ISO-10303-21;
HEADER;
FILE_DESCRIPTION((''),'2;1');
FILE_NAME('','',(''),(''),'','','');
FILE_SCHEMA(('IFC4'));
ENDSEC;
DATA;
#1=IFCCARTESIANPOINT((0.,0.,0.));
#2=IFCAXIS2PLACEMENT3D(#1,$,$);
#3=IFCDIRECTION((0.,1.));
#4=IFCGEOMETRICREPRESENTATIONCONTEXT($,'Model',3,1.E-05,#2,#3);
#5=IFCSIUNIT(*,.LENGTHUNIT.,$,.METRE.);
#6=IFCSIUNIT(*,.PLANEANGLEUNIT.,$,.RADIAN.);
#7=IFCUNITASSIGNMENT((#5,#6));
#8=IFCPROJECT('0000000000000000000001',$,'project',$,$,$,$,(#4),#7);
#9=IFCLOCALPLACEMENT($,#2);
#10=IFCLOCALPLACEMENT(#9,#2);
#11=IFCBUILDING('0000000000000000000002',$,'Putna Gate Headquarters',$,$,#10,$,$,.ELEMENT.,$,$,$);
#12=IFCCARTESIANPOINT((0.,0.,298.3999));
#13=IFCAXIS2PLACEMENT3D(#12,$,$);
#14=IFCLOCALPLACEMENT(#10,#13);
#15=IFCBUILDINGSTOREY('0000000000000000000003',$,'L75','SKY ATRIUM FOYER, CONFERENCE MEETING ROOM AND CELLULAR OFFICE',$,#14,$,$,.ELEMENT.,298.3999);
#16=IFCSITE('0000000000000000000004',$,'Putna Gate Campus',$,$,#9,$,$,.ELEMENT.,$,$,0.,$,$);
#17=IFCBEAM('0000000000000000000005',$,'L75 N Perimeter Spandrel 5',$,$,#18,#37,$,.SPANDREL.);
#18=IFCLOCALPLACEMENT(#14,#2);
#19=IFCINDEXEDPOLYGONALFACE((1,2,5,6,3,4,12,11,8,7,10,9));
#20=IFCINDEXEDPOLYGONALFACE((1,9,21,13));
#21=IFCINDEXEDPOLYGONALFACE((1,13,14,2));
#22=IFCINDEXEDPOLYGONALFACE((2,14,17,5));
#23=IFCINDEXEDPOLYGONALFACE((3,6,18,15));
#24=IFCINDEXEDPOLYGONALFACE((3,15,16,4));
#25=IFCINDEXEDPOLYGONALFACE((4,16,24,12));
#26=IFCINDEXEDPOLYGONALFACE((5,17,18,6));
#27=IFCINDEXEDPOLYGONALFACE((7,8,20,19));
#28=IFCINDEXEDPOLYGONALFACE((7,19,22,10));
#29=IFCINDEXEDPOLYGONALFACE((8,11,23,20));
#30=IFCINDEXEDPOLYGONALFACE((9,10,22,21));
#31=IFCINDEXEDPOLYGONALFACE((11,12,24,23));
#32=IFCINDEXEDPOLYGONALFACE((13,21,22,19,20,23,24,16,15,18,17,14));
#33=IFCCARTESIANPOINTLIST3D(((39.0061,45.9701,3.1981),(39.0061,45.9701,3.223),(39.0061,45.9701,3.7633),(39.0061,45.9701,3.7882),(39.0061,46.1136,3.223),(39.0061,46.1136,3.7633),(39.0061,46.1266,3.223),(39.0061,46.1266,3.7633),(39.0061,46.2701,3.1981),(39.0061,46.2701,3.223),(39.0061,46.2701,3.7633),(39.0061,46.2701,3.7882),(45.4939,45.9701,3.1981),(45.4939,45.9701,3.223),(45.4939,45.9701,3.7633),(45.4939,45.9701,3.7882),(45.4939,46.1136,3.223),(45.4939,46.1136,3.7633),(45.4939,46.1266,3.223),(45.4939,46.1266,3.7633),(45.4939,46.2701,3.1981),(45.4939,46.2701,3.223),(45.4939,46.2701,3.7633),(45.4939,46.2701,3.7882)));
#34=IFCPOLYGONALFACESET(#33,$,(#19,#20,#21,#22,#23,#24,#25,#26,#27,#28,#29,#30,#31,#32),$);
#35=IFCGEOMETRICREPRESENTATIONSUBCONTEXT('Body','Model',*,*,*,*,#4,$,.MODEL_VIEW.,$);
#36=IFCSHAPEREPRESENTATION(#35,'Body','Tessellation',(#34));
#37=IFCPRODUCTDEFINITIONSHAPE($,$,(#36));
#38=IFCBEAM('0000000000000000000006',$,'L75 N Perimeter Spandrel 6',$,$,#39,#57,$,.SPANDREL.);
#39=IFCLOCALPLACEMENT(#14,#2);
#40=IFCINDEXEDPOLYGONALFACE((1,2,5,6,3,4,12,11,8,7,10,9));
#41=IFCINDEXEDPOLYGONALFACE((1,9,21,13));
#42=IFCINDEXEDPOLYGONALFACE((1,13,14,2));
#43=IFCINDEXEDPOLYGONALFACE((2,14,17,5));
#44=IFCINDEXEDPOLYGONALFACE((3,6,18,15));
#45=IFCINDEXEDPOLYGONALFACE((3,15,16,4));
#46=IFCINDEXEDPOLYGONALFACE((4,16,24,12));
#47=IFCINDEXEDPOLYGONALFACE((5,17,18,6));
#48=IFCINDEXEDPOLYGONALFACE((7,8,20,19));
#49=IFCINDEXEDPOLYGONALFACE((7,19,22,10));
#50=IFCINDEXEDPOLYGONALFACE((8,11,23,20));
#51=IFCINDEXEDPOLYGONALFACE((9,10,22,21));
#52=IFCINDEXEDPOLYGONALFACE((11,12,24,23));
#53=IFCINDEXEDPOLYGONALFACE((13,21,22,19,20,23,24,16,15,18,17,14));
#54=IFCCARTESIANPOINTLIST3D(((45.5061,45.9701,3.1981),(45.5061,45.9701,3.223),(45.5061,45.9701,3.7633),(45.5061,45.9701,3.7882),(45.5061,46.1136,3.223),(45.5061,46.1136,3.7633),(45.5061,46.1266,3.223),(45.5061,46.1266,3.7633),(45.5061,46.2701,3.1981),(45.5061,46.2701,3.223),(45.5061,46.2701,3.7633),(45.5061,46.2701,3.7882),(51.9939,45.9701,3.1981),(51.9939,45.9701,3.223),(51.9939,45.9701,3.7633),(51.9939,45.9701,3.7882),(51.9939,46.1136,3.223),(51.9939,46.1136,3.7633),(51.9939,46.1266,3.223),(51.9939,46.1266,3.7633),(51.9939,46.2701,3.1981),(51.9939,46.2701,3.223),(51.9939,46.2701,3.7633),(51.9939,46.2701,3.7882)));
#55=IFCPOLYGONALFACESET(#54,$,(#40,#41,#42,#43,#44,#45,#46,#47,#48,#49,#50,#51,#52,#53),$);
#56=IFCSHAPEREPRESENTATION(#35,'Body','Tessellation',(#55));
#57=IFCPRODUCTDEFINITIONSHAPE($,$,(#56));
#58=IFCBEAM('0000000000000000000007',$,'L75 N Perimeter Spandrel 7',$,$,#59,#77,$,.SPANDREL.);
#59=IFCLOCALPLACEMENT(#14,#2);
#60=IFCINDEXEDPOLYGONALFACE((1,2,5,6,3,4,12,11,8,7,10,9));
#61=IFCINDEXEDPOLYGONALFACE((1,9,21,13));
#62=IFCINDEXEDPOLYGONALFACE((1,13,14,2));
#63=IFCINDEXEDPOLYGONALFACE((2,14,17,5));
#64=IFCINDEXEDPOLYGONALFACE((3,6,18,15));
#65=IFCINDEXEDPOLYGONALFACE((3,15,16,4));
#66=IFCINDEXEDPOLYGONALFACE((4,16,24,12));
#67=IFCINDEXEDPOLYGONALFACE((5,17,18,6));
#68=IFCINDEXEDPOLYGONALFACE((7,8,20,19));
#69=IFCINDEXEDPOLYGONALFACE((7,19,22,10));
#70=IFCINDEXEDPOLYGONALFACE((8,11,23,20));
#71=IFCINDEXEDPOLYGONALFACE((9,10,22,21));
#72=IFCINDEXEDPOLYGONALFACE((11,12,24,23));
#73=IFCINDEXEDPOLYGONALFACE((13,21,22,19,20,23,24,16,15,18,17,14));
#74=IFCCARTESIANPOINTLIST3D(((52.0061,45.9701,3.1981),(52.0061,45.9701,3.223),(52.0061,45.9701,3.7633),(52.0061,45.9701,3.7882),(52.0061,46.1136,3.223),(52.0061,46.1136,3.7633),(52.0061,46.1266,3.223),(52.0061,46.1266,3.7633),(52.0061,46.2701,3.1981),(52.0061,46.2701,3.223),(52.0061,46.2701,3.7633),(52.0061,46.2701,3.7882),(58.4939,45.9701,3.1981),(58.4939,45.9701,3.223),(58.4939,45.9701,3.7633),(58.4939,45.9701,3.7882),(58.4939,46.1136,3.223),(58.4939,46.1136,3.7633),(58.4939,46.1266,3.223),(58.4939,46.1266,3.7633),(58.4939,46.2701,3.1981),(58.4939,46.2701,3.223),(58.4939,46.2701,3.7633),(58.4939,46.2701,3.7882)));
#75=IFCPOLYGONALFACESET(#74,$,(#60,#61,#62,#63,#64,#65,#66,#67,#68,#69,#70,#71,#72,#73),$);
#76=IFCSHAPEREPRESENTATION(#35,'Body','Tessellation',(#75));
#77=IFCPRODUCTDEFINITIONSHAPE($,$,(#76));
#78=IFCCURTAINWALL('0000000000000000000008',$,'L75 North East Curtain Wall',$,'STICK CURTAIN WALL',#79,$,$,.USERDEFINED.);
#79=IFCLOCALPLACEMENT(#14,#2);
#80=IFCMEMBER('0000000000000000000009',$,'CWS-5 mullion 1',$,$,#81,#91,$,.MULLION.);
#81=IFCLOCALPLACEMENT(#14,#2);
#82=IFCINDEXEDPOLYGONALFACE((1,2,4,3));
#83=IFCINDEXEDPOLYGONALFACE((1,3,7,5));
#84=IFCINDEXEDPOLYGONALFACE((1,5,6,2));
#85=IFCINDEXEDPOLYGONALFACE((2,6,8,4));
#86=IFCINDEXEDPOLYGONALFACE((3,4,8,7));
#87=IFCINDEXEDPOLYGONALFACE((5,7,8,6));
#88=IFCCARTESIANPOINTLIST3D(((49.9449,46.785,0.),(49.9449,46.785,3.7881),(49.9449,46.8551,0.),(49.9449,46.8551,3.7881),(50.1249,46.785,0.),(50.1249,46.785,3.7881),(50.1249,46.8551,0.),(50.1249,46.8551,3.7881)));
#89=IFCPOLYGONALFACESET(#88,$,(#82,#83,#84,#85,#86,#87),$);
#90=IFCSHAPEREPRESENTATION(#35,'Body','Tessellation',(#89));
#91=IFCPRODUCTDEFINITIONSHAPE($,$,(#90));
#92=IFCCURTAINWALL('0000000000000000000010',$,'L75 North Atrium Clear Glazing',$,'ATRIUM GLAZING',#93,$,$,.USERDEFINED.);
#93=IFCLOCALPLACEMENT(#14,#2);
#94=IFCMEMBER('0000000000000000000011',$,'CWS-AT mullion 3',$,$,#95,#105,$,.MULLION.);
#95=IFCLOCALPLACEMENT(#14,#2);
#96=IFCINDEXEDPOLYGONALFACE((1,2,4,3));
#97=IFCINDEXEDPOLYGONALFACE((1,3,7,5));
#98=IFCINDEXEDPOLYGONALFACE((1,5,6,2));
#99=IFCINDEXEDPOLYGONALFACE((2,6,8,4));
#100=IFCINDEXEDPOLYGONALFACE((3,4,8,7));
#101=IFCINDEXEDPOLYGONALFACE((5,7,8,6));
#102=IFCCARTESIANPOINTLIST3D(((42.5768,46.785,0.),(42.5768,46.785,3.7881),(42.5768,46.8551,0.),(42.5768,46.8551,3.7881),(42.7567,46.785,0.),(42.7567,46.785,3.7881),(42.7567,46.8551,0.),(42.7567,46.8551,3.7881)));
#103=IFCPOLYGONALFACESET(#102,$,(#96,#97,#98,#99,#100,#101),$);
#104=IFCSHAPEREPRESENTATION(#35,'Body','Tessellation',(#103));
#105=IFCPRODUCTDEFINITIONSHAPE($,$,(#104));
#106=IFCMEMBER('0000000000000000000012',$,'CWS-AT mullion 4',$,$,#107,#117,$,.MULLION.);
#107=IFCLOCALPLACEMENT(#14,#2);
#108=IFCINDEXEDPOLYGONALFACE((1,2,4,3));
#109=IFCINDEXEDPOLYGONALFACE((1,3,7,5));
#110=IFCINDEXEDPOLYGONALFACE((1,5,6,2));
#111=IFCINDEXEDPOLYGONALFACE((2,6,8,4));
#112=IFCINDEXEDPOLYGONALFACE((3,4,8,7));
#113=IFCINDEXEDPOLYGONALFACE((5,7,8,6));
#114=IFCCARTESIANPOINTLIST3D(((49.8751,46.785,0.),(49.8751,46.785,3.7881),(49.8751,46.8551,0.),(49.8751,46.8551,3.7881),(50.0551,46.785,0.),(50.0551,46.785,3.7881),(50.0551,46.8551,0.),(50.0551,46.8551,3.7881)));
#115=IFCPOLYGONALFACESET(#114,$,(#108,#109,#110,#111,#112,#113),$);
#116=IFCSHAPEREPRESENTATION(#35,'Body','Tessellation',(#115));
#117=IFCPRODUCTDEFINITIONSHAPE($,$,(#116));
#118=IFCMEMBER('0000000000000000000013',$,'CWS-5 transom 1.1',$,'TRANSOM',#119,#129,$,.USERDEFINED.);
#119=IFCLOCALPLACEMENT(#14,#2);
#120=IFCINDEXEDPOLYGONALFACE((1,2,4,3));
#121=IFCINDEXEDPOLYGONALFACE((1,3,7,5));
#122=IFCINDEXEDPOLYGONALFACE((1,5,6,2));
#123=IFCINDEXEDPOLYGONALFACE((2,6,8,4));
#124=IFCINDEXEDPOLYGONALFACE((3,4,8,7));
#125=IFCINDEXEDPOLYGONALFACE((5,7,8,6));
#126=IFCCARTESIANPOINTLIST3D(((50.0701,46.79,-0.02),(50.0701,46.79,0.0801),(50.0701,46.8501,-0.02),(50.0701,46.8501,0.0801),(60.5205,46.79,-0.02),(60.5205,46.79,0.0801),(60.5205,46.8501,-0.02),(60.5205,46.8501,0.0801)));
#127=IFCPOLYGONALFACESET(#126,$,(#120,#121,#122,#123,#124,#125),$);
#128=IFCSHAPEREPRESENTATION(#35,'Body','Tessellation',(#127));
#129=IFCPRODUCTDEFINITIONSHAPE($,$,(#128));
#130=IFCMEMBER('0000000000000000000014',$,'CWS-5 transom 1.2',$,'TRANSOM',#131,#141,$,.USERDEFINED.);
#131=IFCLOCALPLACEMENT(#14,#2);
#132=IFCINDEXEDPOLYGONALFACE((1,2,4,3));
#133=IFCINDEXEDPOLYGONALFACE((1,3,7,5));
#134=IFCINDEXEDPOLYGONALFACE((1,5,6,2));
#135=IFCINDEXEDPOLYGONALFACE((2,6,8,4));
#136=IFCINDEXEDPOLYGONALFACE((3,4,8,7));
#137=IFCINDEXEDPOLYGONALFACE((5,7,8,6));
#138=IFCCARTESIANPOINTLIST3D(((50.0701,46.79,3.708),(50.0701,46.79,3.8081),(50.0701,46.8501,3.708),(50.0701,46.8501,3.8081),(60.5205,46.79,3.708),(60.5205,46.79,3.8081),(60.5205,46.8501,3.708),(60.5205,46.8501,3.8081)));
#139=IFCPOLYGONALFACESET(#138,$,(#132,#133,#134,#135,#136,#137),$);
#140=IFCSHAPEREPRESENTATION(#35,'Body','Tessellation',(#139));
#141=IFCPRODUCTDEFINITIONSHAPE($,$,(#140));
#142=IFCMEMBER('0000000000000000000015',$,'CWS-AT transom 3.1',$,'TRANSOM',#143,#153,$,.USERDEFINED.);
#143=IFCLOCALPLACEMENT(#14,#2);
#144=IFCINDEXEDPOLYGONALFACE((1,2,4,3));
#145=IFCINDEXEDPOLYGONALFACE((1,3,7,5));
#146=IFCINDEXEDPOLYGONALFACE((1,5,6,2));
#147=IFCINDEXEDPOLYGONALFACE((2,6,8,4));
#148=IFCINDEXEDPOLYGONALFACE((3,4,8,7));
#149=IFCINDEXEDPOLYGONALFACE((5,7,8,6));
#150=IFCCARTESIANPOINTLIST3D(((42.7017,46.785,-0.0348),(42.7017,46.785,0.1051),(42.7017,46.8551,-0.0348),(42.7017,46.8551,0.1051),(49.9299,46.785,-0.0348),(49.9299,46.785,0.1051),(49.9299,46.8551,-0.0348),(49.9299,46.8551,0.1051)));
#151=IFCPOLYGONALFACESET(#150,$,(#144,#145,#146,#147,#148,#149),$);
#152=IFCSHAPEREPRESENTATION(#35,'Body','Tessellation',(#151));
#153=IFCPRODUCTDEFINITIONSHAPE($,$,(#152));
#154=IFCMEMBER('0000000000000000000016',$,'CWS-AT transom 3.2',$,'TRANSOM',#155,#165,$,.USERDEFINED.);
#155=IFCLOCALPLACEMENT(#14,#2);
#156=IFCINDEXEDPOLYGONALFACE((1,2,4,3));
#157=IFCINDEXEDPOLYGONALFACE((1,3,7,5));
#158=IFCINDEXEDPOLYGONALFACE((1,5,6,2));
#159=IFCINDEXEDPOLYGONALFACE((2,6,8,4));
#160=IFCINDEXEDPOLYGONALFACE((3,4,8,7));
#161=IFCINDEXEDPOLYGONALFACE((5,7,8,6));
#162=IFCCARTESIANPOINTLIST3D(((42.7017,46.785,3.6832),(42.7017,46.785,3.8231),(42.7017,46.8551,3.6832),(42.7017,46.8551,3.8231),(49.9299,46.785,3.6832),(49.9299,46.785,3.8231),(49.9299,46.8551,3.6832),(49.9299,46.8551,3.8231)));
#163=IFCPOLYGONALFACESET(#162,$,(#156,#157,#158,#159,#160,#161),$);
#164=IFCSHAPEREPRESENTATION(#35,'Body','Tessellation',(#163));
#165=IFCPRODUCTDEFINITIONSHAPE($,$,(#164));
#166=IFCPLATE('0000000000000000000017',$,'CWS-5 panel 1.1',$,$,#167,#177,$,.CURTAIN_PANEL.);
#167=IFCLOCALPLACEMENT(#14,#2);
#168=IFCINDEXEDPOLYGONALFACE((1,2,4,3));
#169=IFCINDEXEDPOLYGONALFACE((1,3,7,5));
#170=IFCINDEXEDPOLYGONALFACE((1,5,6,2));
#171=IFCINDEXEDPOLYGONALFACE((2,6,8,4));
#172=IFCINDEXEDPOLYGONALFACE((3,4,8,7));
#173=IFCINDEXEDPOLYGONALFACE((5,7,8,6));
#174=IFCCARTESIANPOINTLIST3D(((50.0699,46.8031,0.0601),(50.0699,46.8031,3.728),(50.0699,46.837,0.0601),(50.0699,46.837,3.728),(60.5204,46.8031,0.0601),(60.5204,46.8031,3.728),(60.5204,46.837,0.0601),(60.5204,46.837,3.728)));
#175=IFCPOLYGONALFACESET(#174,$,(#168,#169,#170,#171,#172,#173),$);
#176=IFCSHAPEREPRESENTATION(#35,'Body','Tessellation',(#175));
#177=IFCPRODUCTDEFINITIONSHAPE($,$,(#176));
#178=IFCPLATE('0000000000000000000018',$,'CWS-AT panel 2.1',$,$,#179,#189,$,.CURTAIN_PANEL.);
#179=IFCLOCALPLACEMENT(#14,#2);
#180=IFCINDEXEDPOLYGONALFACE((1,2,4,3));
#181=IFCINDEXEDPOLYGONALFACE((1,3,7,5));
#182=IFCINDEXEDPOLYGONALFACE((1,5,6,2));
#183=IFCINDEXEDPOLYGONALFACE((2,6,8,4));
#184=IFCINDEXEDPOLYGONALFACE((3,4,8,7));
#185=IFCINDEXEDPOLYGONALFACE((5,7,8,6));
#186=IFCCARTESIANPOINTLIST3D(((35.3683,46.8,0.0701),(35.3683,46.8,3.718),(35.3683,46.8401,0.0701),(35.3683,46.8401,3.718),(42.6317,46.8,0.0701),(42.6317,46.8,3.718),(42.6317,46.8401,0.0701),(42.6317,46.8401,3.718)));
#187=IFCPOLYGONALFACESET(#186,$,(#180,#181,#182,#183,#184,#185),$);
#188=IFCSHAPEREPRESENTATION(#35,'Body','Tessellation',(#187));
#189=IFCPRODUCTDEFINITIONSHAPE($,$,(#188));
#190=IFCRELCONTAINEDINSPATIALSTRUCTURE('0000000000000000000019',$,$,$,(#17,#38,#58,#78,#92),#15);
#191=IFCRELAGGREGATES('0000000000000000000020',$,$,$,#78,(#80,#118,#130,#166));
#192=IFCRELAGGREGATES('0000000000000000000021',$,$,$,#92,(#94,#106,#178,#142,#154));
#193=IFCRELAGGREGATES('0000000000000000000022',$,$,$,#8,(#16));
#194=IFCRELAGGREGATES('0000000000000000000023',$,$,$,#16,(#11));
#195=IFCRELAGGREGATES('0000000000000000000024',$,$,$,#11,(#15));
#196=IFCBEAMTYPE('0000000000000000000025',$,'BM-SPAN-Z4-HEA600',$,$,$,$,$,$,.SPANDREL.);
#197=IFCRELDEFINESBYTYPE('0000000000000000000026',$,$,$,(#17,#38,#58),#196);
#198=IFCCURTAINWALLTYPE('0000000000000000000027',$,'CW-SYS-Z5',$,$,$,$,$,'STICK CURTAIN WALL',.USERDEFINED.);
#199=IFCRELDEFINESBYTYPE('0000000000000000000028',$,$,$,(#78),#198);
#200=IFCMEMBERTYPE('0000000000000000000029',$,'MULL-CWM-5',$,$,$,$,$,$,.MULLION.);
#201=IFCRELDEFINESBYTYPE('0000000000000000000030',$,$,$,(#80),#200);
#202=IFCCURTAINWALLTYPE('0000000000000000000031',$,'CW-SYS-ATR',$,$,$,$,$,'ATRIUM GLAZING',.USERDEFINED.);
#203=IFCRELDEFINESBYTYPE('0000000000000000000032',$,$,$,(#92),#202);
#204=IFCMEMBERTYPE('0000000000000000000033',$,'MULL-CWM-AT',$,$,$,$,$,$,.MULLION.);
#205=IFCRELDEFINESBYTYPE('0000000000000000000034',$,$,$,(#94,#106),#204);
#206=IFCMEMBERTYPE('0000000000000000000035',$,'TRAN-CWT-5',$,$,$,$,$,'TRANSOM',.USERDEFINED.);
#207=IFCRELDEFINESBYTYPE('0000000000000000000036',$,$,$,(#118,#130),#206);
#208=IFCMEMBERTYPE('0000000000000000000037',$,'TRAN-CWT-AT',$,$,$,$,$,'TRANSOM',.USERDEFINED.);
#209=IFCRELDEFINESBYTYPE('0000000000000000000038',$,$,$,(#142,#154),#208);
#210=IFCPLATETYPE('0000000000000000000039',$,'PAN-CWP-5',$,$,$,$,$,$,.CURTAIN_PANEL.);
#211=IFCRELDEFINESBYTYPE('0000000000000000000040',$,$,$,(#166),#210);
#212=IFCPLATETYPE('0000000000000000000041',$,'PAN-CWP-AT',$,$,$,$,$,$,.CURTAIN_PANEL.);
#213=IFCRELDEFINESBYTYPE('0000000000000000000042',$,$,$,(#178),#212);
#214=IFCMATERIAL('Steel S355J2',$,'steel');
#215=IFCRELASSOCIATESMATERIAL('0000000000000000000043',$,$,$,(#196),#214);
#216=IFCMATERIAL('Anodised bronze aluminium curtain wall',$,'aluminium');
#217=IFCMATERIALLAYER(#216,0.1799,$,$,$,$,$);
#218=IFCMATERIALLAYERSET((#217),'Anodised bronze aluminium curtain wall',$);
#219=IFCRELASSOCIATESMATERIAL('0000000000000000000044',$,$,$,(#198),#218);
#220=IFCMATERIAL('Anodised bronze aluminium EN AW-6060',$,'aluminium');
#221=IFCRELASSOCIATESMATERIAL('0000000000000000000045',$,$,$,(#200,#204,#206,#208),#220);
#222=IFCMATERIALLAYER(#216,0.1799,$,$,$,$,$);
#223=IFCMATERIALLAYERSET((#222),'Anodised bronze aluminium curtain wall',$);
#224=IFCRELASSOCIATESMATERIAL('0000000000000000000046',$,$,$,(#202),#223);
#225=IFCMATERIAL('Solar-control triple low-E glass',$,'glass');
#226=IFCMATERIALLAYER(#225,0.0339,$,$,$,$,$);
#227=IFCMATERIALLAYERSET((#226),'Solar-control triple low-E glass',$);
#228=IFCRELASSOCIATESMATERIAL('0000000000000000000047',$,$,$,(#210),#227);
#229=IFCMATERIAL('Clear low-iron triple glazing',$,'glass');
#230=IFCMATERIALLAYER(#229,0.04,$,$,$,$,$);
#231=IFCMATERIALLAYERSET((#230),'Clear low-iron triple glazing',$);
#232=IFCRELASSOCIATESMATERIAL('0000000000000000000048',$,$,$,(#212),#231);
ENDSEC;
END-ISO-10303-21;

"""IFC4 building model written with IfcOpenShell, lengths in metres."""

from ifc_helpers import new_model, si_unit, direction, frame, origin, origin_2d, place, context, subcontext, project, spatial, rectangle, i_section, extrude, material, layer, layer_set, material_profile, profile_set, type_object, element, aggregate, save


model = new_model("IFC4")

# Units and contexts
model_context = context("Model", 3, precision=1e-05, world=origin(), true_north=direction((0.0, 1.0)))
body_context = subcontext(model_context, "Body", "Model", "MODEL_VIEW")
ifc_project = project(units=[si_unit("LENGTHUNIT", "METRE"), si_unit("PLANEANGLEUNIT", "RADIAN")], contexts=[model_context])

# Site, building, storey
site_placement = place(None, origin())
site = spatial("IfcSite", under=ifc_project, at=site_placement, Name="Putna Gate Campus", CompositionType="ELEMENT", RefElevation=0.0)
building_placement = place(site_placement, origin())
building = spatial("IfcBuilding", under=site, at=building_placement, Name="Putna Gate Headquarters", CompositionType="ELEMENT")
storey_placement = place(building_placement, frame((0.0, 0.0, 298.3999)))
storey = spatial("IfcBuildingStorey", under=building, at=storey_placement, Name="L75", Description="SKY ATRIUM FOYER, CONFERENCE MEETING ROOM AND CELLULAR OFFICE", CompositionType="ELEMENT", Elevation=298.3999)

# Beams
ifc_material_1 = material(Name="Steel S355J2", Category="steel")
ifc_material_profile_1 = material_profile(ifc_material_1, i_section(OverallWidth=0.3, OverallDepth=0.5901, WebThickness=0.0129, FlangeThickness=0.0249, at=origin_2d()), Name="Steel S355J2")
ifc_profile_set_1 = profile_set([ifc_material_profile_1], Name="Steel S355J2")
beam_type_1 = type_object("IfcBeamType", Name="BM-SPAN-Z4-HEA600", PredefinedType="SPANDREL", material=ifc_profile_set_1)
for number, where, z_axis, x_axis, name in (
    (1, (39.0061, 46.1201, 3.4932), (1.0, 0.0, 0.0), (0.0, 1.0, 0.0), "L75 N Perimeter Spandrel 5"),
    (2, (45.5061, 46.1201, 3.4932), (1.0, 0.0, 0.0), (0.0, 1.0, 0.0), "L75 N Perimeter Spandrel 6"),
    (3, (52.0061, 46.1201, 3.4932), (1.0, 0.0, 0.0), (0.0, 1.0, 0.0), "L75 N Perimeter Spandrel 7"),
):
    element("IfcBeam", number, at=place(storey_placement, frame(where, z_axis=z_axis, x_axis=x_axis)), inside=storey, type_object=beam_type_1, Name=name, PredefinedType="SPANDREL", context=body_context, shape_type="SweptSolid", body=[
        extrude(i_section(OverallWidth=0.3, OverallDepth=0.5901, WebThickness=0.0129, FlangeThickness=0.0249, at=origin_2d()), origin(), (0.0, 0.0, 1.0), 6.4878),
    ])

# Curtain wall, member
ifc_material_2 = material(Name="Anodised bronze aluminium curtain wall", Category="aluminium")
ifc_layer_1 = layer(ifc_material_2, 0.1799)
ifc_layer_set_1 = layer_set([ifc_layer_1], Name="Anodised bronze aluminium curtain wall")
curtain_wall_type_1 = type_object("IfcCurtainWallType", Name="CW-SYS-Z5", ElementType="STICK CURTAIN WALL", PredefinedType="USERDEFINED", material=ifc_layer_set_1)
curtain_wall_1_placement = place(storey_placement, origin())
curtain_wall_1 = element("IfcCurtainWall", 4, at=curtain_wall_1_placement, inside=storey, type_object=curtain_wall_type_1, Name="L75 North East Curtain Wall", ObjectType="STICK CURTAIN WALL", PredefinedType="USERDEFINED")
ifc_material_3 = material(Name="Anodised bronze aluminium EN AW-6060", Category="aluminium")
ifc_material_profile_2 = material_profile(ifc_material_3, rectangle(XDim=0.0701, YDim=0.1799, at=origin_2d()), Name="Anodised bronze aluminium EN AW-6060")
ifc_profile_set_2 = profile_set([ifc_material_profile_2], Name="Anodised bronze aluminium EN AW-6060")
member_type_1 = type_object("IfcMemberType", Name="MULL-CWM-5", PredefinedType="MULLION", material=ifc_profile_set_2)
member_1_placement = place(storey_placement, frame((50.0349, 46.8201, 0.0), z_axis=(0.0, 0.0, 1.0), x_axis=(0.0, 1.0, 0.0)))
member_1 = element("IfcMember", 5, at=member_1_placement, type_object=member_type_1, Name="CWS-5 mullion 1", PredefinedType="MULLION", context=body_context, shape_type="SweptSolid", body=[
    extrude(rectangle(XDim=0.0701, YDim=0.1799, at=origin_2d()), origin(), (0.0, 0.0, 1.0), 3.7881),
])

# Curtain wall, members
ifc_layer_2 = layer(ifc_material_2, 0.1799)
ifc_layer_set_2 = layer_set([ifc_layer_2], Name="Anodised bronze aluminium curtain wall")
curtain_wall_type_2 = type_object("IfcCurtainWallType", Name="CW-SYS-ATR", ElementType="ATRIUM GLAZING", PredefinedType="USERDEFINED", material=ifc_layer_set_2)
curtain_wall_2_placement = place(storey_placement, origin())
curtain_wall_2 = element("IfcCurtainWall", 6, at=curtain_wall_2_placement, inside=storey, type_object=curtain_wall_type_2, Name="L75 North Atrium Clear Glazing", ObjectType="ATRIUM GLAZING", PredefinedType="USERDEFINED")
ifc_material_profile_3 = material_profile(ifc_material_3, rectangle(XDim=0.0701, YDim=0.1799, at=origin_2d()), Name="Anodised bronze aluminium EN AW-6060")
ifc_profile_set_3 = profile_set([ifc_material_profile_3], Name="Anodised bronze aluminium EN AW-6060")
member_type_2 = type_object("IfcMemberType", Name="MULL-CWM-AT", PredefinedType="MULLION", material=ifc_profile_set_3)
member_2_placement = place(storey_placement, frame((42.6667, 46.8201, 0.0), z_axis=(0.0, 0.0, 1.0), x_axis=(0.0, 1.0, 0.0)))
member_2 = element("IfcMember", 7, at=member_2_placement, type_object=member_type_2, Name="CWS-AT mullion 3", PredefinedType="MULLION", context=body_context, shape_type="SweptSolid", body=[
    extrude(rectangle(XDim=0.0701, YDim=0.1799, at=origin_2d()), origin(), (0.0, 0.0, 1.0), 3.7881),
])
member_3_placement = place(storey_placement, frame((49.9651, 46.8201, 0.0), z_axis=(0.0, 0.0, 1.0), x_axis=(0.0, 1.0, 0.0)))
member_3 = element("IfcMember", 8, at=member_3_placement, type_object=member_type_2, Name="CWS-AT mullion 4", PredefinedType="MULLION", context=body_context, shape_type="SweptSolid", body=[
    extrude(rectangle(XDim=0.0701, YDim=0.1799, at=origin_2d()), origin(), (0.0, 0.0, 1.0), 3.7881),
])

# Members
ifc_material_profile_4 = material_profile(ifc_material_3, rectangle(XDim=0.0601, YDim=0.1001, at=origin_2d()), Name="Anodised bronze aluminium EN AW-6060")
ifc_profile_set_4 = profile_set([ifc_material_profile_4], Name="Anodised bronze aluminium EN AW-6060")
member_type_3 = type_object("IfcMemberType", Name="TRAN-CWT-5", ElementType="TRANSOM", PredefinedType="USERDEFINED", material=ifc_profile_set_4)
member_4_placement = place(storey_placement, frame((50.0701, 46.8201, 0.03), z_axis=(1.0, 0.0, 0.0), x_axis=(0.0, 1.0, 0.0)))
member_4 = element("IfcMember", 9, at=member_4_placement, type_object=member_type_3, Name="CWS-5 transom 1.1", ObjectType="TRANSOM", PredefinedType="USERDEFINED", context=body_context, shape_type="SweptSolid", body=[
    extrude(rectangle(XDim=0.0601, YDim=0.1001, at=origin_2d()), origin(), (0.0, 0.0, 1.0), 10.4504),
])
member_5_placement = place(storey_placement, frame((50.0701, 46.8201, 3.7581), z_axis=(1.0, 0.0, 0.0), x_axis=(0.0, 1.0, 0.0)))
member_5 = element("IfcMember", 10, at=member_5_placement, type_object=member_type_3, Name="CWS-5 transom 1.2", ObjectType="TRANSOM", PredefinedType="USERDEFINED", context=body_context, shape_type="SweptSolid", body=[
    extrude(rectangle(XDim=0.0601, YDim=0.1001, at=origin_2d()), origin(), (0.0, 0.0, 1.0), 10.4504),
])
ifc_material_profile_5 = material_profile(ifc_material_3, rectangle(XDim=0.0701, YDim=0.1399, at=origin_2d()), Name="Anodised bronze aluminium EN AW-6060")
ifc_profile_set_5 = profile_set([ifc_material_profile_5], Name="Anodised bronze aluminium EN AW-6060")
member_type_4 = type_object("IfcMemberType", Name="TRAN-CWT-AT", ElementType="TRANSOM", PredefinedType="USERDEFINED", material=ifc_profile_set_5)
member_6_placement = place(storey_placement, frame((42.7017, 46.8201, 0.0352), z_axis=(1.0, 0.0, 0.0), x_axis=(0.0, 1.0, 0.0)))
member_6 = element("IfcMember", 11, at=member_6_placement, type_object=member_type_4, Name="CWS-AT transom 3.1", ObjectType="TRANSOM", PredefinedType="USERDEFINED", context=body_context, shape_type="SweptSolid", body=[
    extrude(rectangle(XDim=0.0701, YDim=0.1399, at=origin_2d()), origin(), (0.0, 0.0, 1.0), 7.2283),
])
member_7_placement = place(storey_placement, frame((42.7017, 46.8201, 3.7532), z_axis=(1.0, 0.0, 0.0), x_axis=(0.0, 1.0, 0.0)))
member_7 = element("IfcMember", 12, at=member_7_placement, type_object=member_type_4, Name="CWS-AT transom 3.2", ObjectType="TRANSOM", PredefinedType="USERDEFINED", context=body_context, shape_type="SweptSolid", body=[
    extrude(rectangle(XDim=0.0701, YDim=0.1399, at=origin_2d()), origin(), (0.0, 0.0, 1.0), 7.2283),
])

# Plates
ifc_material_4 = material(Name="Solar-control triple low-E glass", Category="glass")
ifc_layer_3 = layer(ifc_material_4, 0.0339)
ifc_layer_set_3 = layer_set([ifc_layer_3], Name="Solar-control triple low-E glass")
plate_type_1 = type_object("IfcPlateType", Name="PAN-CWP-5", PredefinedType="CURTAIN_PANEL", material=ifc_layer_set_3)
plate_1_placement = place(storey_placement, frame((55.2952, 46.8201, 0.0601), z_axis=(0.0, 0.0, 1.0), x_axis=(1.0, 0.0, 0.0)))
plate_1 = element("IfcPlate", 13, at=plate_1_placement, type_object=plate_type_1, Name="CWS-5 panel 1.1", PredefinedType="CURTAIN_PANEL", context=body_context, shape_type="SweptSolid", body=[
    extrude(rectangle(XDim=10.4504, YDim=0.0339, at=origin_2d()), origin(), (0.0, 0.0, 1.0), 3.668),
])
aggregate(curtain_wall_1, [member_1, member_4, member_5, plate_1])
ifc_material_5 = material(Name="Clear low-iron triple glazing", Category="glass")
ifc_layer_4 = layer(ifc_material_5, 0.04)
ifc_layer_set_4 = layer_set([ifc_layer_4], Name="Clear low-iron triple glazing")
plate_type_2 = type_object("IfcPlateType", Name="PAN-CWP-AT", PredefinedType="CURTAIN_PANEL", material=ifc_layer_set_4)
plate_2_placement = place(storey_placement, frame((39.0, 46.8201, 0.0701), z_axis=(0.0, 0.0, 1.0), x_axis=(1.0, 0.0, 0.0)))
plate_2 = element("IfcPlate", 14, at=plate_2_placement, type_object=plate_type_2, Name="CWS-AT panel 2.1", PredefinedType="CURTAIN_PANEL", context=body_context, shape_type="SweptSolid", body=[
    extrude(rectangle(XDim=7.2634, YDim=0.04, at=origin_2d()), origin(), (0.0, 0.0, 1.0), 3.6479),
])
aggregate(curtain_wall_2, [member_2, member_3, plate_2, member_6, member_7])

save(model, "model.ifc")
